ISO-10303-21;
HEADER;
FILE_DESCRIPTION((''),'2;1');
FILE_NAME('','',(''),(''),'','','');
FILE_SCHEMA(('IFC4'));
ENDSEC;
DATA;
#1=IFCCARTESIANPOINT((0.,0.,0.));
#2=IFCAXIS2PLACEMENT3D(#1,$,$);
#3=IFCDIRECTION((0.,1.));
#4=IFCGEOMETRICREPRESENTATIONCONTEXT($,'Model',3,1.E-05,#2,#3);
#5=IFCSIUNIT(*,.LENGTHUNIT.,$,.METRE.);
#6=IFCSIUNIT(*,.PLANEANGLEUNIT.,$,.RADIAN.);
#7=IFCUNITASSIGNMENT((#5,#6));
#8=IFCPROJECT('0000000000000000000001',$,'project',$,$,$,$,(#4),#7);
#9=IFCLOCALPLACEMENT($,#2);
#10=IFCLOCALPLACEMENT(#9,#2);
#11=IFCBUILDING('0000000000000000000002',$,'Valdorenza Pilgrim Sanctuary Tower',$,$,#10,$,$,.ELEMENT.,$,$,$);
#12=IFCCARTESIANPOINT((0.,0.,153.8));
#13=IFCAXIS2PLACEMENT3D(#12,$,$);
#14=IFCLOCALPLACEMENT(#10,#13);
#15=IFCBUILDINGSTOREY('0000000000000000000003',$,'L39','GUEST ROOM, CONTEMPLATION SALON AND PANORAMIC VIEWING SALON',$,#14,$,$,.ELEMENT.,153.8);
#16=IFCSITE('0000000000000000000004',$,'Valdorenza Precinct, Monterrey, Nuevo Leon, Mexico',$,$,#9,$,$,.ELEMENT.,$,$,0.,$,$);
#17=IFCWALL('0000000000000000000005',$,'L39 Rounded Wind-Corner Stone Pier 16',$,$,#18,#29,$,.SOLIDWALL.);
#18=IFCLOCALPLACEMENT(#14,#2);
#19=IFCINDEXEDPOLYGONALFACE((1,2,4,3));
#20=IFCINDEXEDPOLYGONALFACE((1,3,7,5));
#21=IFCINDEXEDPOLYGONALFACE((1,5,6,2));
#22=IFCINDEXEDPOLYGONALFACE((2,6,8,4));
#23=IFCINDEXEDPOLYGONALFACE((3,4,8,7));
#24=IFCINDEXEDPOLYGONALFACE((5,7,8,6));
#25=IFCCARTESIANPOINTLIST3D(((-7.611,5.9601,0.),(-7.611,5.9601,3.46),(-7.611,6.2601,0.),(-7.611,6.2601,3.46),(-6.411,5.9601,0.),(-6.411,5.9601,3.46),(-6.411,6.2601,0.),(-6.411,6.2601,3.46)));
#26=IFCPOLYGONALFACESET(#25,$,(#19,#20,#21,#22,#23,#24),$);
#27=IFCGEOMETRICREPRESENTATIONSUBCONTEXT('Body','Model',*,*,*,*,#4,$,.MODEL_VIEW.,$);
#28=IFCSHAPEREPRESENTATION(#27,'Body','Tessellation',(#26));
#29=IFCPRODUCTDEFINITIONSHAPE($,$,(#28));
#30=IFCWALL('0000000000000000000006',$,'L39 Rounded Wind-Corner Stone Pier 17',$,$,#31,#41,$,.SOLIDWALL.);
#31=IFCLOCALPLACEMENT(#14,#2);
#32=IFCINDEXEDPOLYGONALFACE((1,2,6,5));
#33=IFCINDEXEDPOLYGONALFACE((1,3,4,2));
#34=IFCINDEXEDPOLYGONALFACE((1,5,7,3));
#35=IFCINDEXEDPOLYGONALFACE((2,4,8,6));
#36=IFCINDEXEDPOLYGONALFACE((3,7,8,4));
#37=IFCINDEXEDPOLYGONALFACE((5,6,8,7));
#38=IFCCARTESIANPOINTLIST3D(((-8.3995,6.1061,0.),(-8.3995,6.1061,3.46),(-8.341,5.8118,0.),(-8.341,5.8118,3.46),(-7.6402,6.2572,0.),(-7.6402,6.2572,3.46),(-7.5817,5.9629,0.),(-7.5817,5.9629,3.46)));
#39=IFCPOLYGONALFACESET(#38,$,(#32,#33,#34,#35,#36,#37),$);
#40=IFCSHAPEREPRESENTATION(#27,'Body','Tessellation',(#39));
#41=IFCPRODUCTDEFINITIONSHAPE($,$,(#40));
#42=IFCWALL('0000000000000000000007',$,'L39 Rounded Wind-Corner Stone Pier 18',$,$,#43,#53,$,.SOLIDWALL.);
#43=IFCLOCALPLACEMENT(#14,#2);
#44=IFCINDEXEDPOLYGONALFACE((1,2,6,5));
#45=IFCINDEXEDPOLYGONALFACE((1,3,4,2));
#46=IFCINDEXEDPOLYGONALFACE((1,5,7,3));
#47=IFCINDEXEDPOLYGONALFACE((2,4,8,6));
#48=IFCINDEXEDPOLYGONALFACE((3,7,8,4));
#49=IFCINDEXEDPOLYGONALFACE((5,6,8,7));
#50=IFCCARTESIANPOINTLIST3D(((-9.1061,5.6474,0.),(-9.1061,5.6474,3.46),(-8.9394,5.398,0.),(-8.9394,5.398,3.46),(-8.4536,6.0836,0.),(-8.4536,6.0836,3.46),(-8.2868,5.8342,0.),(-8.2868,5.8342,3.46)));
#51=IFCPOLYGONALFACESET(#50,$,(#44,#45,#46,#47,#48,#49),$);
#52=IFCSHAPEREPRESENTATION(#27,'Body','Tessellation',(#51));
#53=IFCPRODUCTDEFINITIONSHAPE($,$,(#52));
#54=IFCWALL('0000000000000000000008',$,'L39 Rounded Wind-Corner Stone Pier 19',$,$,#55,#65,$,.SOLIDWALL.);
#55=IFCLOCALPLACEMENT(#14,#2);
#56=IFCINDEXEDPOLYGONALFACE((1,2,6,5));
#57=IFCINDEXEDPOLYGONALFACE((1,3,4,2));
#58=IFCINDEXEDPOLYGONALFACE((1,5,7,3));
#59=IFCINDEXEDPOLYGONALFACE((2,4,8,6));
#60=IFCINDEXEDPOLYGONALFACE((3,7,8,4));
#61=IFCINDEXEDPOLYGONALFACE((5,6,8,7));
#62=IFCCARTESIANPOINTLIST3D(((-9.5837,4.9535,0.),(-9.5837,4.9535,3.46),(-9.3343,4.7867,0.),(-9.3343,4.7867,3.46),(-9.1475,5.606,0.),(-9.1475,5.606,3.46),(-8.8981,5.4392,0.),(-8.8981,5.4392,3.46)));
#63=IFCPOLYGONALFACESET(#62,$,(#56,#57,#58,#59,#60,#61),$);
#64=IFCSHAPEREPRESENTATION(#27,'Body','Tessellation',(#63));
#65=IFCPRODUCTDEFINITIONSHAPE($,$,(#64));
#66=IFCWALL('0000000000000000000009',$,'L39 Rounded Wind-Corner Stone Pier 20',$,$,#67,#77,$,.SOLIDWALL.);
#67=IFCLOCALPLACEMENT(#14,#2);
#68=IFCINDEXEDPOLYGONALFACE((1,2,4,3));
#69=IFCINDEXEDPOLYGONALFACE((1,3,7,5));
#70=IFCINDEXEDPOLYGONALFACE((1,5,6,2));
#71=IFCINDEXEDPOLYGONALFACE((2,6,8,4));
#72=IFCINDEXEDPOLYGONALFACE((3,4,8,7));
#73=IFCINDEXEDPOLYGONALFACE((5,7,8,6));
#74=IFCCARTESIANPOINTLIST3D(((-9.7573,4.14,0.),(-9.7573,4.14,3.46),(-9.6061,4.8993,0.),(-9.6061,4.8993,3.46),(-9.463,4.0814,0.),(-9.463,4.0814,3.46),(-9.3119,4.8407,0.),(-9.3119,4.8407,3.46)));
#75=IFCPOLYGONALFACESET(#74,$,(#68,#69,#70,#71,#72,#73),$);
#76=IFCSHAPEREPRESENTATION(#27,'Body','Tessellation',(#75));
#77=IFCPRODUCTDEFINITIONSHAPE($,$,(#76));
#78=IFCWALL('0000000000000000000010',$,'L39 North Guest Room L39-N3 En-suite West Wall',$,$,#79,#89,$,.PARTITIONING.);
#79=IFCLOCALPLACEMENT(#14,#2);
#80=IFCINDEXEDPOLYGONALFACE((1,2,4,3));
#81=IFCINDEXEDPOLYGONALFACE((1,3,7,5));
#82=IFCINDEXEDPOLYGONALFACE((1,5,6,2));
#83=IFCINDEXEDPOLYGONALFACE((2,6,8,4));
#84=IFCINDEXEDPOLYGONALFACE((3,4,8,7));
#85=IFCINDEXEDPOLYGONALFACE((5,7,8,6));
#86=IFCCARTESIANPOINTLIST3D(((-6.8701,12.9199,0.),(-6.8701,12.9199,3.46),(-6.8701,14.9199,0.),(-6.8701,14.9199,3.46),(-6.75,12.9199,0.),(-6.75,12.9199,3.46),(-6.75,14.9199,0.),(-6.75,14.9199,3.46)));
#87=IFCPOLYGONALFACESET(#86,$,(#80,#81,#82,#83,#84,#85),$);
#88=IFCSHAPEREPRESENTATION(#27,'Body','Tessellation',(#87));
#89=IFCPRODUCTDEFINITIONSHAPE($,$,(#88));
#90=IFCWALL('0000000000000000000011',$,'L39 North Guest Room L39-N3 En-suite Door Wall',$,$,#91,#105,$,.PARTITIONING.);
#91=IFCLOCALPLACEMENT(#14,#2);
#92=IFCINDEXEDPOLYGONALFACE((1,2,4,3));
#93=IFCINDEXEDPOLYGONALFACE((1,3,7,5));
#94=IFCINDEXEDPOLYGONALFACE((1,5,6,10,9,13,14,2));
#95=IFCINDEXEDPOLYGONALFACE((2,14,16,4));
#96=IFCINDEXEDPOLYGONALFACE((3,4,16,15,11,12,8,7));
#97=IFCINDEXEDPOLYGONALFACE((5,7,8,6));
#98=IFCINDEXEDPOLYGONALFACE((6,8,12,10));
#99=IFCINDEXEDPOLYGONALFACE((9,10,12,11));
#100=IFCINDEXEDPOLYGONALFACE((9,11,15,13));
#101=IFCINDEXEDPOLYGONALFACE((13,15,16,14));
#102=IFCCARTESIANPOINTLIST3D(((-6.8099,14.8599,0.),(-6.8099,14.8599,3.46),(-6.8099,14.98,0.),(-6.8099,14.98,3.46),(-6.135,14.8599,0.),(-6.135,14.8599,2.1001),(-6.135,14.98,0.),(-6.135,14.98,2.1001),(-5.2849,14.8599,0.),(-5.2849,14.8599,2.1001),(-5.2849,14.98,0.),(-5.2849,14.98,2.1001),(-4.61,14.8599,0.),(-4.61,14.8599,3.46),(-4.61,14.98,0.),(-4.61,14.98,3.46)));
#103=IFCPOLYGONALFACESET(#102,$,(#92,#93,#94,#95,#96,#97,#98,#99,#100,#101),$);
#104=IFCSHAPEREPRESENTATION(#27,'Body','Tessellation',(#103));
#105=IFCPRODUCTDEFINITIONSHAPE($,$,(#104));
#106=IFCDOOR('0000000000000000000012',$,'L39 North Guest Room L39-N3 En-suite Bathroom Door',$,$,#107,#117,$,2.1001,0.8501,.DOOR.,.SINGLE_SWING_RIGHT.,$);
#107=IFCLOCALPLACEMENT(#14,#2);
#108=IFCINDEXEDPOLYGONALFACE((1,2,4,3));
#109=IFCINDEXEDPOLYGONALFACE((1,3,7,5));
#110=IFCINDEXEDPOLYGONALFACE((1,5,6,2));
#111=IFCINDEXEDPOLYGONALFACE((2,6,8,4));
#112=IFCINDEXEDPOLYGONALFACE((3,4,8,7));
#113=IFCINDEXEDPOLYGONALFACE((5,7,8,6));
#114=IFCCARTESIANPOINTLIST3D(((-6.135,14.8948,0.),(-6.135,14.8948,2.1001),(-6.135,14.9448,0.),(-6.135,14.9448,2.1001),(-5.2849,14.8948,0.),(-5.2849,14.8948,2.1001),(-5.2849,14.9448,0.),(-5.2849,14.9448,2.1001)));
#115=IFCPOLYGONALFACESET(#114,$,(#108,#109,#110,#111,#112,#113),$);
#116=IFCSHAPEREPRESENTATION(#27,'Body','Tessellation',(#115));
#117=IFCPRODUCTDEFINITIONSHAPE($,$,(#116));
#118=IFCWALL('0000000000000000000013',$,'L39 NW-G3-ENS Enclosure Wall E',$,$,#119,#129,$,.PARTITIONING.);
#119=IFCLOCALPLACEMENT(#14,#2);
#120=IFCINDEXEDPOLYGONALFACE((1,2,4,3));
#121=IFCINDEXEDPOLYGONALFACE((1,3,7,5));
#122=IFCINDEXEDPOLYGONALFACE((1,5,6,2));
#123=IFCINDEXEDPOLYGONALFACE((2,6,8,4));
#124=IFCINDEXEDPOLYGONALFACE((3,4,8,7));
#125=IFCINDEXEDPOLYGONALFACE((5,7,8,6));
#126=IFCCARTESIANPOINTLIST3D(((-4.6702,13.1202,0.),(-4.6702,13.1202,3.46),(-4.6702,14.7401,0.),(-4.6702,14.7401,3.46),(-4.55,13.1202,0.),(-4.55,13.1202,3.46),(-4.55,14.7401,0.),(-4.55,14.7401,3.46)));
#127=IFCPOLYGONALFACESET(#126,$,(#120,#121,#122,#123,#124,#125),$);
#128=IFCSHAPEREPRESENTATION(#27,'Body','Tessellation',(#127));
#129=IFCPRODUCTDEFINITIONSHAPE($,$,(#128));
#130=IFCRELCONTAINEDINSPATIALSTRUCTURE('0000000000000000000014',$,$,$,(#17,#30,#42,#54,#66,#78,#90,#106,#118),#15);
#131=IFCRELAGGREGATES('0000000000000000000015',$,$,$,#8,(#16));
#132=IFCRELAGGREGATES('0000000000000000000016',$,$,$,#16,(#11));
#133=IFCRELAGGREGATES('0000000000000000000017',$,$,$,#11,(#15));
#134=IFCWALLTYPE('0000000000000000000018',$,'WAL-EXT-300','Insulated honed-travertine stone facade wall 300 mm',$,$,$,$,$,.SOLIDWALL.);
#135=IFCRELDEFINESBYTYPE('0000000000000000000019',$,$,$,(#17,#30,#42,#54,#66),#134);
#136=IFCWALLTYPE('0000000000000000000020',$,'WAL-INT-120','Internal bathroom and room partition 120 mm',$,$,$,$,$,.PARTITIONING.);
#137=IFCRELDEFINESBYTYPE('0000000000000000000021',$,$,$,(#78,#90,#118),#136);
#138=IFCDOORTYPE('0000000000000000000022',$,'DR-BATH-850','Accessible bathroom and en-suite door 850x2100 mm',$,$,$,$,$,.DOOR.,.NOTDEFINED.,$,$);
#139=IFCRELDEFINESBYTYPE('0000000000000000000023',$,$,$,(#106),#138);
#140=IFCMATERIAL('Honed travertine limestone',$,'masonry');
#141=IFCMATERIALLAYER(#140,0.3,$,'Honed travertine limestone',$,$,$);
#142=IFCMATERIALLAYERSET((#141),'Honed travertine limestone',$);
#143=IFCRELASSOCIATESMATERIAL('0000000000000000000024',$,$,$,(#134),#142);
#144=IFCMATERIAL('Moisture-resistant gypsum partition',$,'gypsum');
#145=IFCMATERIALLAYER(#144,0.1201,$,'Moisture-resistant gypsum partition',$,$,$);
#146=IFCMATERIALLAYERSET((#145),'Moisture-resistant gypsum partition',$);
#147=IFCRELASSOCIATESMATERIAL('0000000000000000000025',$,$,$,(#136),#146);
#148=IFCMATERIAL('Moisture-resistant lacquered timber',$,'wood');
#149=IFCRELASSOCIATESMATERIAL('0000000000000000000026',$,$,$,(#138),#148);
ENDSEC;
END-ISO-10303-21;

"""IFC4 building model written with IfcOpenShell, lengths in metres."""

from ifc_helpers import new_model, si_unit, direction, frame, frame_2d, origin, place, context, subcontext, project, spatial, rectangle, extrude, material, layer, layer_set, type_object, element, fill, save


model = new_model("IFC4")

# Units and contexts
model_context = context("Model", 3, precision=1e-05, world=origin(), true_north=direction((0.0, 1.0)))
body_context = subcontext(model_context, "Body", "Model", "MODEL_VIEW")
ifc_project = project(units=[si_unit("LENGTHUNIT", "METRE"), si_unit("PLANEANGLEUNIT", "RADIAN")], contexts=[model_context])

# Site, building, storey
site_placement = place(None, origin())
site = spatial("IfcSite", under=ifc_project, at=site_placement, Name="Valdorenza Precinct, Monterrey, Nuevo Leon, Mexico", CompositionType="ELEMENT", RefElevation=0.0)
building_placement = place(site_placement, origin())
building = spatial("IfcBuilding", under=site, at=building_placement, Name="Valdorenza Pilgrim Sanctuary Tower", CompositionType="ELEMENT")
storey_placement = place(building_placement, frame((0.0, 0.0, 153.8)))
storey = spatial("IfcBuildingStorey", under=building, at=storey_placement, Name="L39", Description="GUEST ROOM, CONTEMPLATION SALON AND PANORAMIC VIEWING SALON", CompositionType="ELEMENT", Elevation=153.8)

# Shared definitions
ifc_material_1 = material(Name="Honed travertine limestone", Category="masonry")

# Walls
ifc_layer_1 = layer(ifc_material_1, 0.3, Name="Honed travertine limestone")
ifc_layer_set_1 = layer_set([ifc_layer_1], Name="Honed travertine limestone")
wall_type_1 = type_object("IfcWallType", Name="WAL-EXT-300", Description="Insulated honed-travertine stone facade wall 300 mm", PredefinedType="SOLIDWALL", material=ifc_layer_set_1)
wall_1_placement = place(storey_placement, frame((-6.4109, 6.1101, 0.0), z_axis=(0.0, 0.0, 1.0), x_axis=(-1.0, 0.0, 0.0)))
element("IfcWall", 1, at=wall_1_placement, inside=storey, type_object=wall_type_1, Name="L39 Rounded Wind-Corner Stone Pier 16", PredefinedType="SOLIDWALL", context=body_context, shape_type="SweptSolid", body=[
    extrude(rectangle(XDim=1.2, YDim=0.3, at=frame_2d((0.6001, 0.0))), origin(), (0.0, 0.0, 1.0), 3.46),
])
wall_2_placement = place(storey_placement, frame((-7.6108, 6.1101, 0.0), z_axis=(0.0, 0.0, 1.0), x_axis=(-0.980762, -0.195206, 0.0)))
element("IfcWall", 2, at=wall_2_placement, inside=storey, type_object=wall_type_1, Name="L39 Rounded Wind-Corner Stone Pier 17", PredefinedType="SOLIDWALL", context=body_context, shape_type="SweptSolid", body=[
    extrude(rectangle(XDim=0.7742, YDim=0.3, at=frame_2d((0.3872, 0.0))), origin(), (0.0, 0.0, 1.0), 3.46),
])
for number, where, z_axis, x_axis, name in (
    (3, (-8.3701, 5.959, 0.0), (0.0, 0.0, 1.0), (-0.831332, -0.555776, 0.0), "L39 Rounded Wind-Corner Stone Pier 18"),
    (4, (-9.0227, 5.5227, 0.0), (0.0, 0.0, 1.0), (-0.555776, -0.831332, 0.0), "L39 Rounded Wind-Corner Stone Pier 19"),
):
    element("IfcWall", number, at=place(storey_placement, frame(where, z_axis=z_axis, x_axis=x_axis)), inside=storey, type_object=wall_type_1, Name=name, PredefinedType="SOLIDWALL", context=body_context, shape_type="SweptSolid", body=[
        extrude(rectangle(XDim=0.7849, YDim=0.3, at=frame_2d((0.3926, 0.0))), origin(), (0.0, 0.0, 1.0), 3.46),
    ])
wall_3_placement = place(storey_placement, frame((-9.459, 4.8701, 0.0), z_axis=(0.0, 0.0, 1.0), x_axis=(-0.195206, -0.980762, 0.0)))
element("IfcWall", 5, at=wall_3_placement, inside=storey, type_object=wall_type_1, Name="L39 Rounded Wind-Corner Stone Pier 20", PredefinedType="SOLIDWALL", context=body_context, shape_type="SweptSolid", body=[
    extrude(rectangle(XDim=0.7742, YDim=0.3, at=frame_2d((0.3872, 0.0))), origin(), (0.0, 0.0, 1.0), 3.46),
])
ifc_material_2 = material(Name="Moisture-resistant gypsum partition", Category="gypsum")
ifc_layer_2 = layer(ifc_material_2, 0.1201, Name="Moisture-resistant gypsum partition")
ifc_layer_set_2 = layer_set([ifc_layer_2], Name="Moisture-resistant gypsum partition")
wall_type_2 = type_object("IfcWallType", Name="WAL-INT-120", Description="Internal bathroom and room partition 120 mm", PredefinedType="PARTITIONING", material=ifc_layer_set_2)
wall_4_placement = place(storey_placement, frame((-6.8101, 12.9199, 0.0), z_axis=(0.0, 0.0, 1.0), x_axis=(0.0, 1.0, 0.0)))
element("IfcWall", 6, at=wall_4_placement, inside=storey, type_object=wall_type_2, Name="L39 North Guest Room L39-N3 En-suite West Wall", PredefinedType="PARTITIONING", context=body_context, shape_type="SweptSolid", body=[
    extrude(rectangle(XDim=2.0, YDim=0.1201, at=frame_2d((1.0, 0.0))), origin(), (0.0, 0.0, 1.0), 3.46),
])

# Wall, opening, door
wall_5_placement = place(storey_placement, frame((-6.8101, 14.9199, 0.0), z_axis=(0.0, 0.0, 1.0), x_axis=(1.0, 0.0, 0.0)))
wall_5 = element("IfcWall", 7, at=wall_5_placement, inside=storey, type_object=wall_type_2, Name="L39 North Guest Room L39-N3 En-suite Door Wall", PredefinedType="PARTITIONING", context=body_context, shape_type="SweptSolid", body=[
    extrude(rectangle(XDim=2.2, YDim=0.1201, at=frame_2d((1.1001, 0.0))), origin(), (0.0, 0.0, 1.0), 3.46),
])
opening_placement = place(wall_5_placement, frame((0.675, 0.0, 0.0)))
opening = element("IfcOpeningElement", 8, at=opening_placement, cuts=wall_5, PredefinedType="OPENING", context=body_context, shape_type="SweptSolid", body=[
    extrude(rectangle(XDim=0.8501, YDim=2.1001, at=frame_2d((0.425, 1.05))), frame((0.0, 0.075, 0.0), z_axis=(0.0, -1.0, 0.0), x_axis=(1.0, 0.0, 0.0)), (0.0, 0.0, 1.0), 0.1499),
])
ifc_material_3 = material(Name="Moisture-resistant lacquered timber", Category="wood")
door_type = type_object("IfcDoorType", Name="DR-BATH-850", Description="Accessible bathroom and en-suite door 850x2100 mm", OperationType="NOTDEFINED", PredefinedType="DOOR", material=ifc_material_3)
door_placement = place(opening_placement, origin())
door = element("IfcDoor", 9, at=door_placement, inside=storey, type_object=door_type, Name="L39 North Guest Room L39-N3 En-suite Bathroom Door", OperationType="SINGLE_SWING_RIGHT", OverallHeight=2.1001, OverallWidth=0.8501, PredefinedType="DOOR", context=body_context, shape_type="SweptSolid", body=[
    extrude(rectangle(XDim=0.8501, YDim=2.1001, at=frame_2d((0.425, 1.05))), frame((0.0, 0.0249, 0.0), z_axis=(0.0, -1.0, 0.0), x_axis=(1.0, 0.0, 0.0)), (0.0, 0.0, 1.0), 0.05),
])
fill(opening, door)

# Wall
wall_6_placement = place(storey_placement, frame((-4.6101, 13.1201, 0.0), z_axis=(0.0, 0.0, 1.0), x_axis=(0.0, 1.0, 0.0)))
element("IfcWall", 10, at=wall_6_placement, inside=storey, type_object=wall_type_2, Name="L39 NW-G3-ENS Enclosure Wall E", PredefinedType="PARTITIONING", context=body_context, shape_type="SweptSolid", body=[
    extrude(rectangle(XDim=1.6199, YDim=0.1201, at=frame_2d((0.8101, 0.0))), origin(), (0.0, 0.0, 1.0), 3.46),
])

save(model, "model.ifc")
